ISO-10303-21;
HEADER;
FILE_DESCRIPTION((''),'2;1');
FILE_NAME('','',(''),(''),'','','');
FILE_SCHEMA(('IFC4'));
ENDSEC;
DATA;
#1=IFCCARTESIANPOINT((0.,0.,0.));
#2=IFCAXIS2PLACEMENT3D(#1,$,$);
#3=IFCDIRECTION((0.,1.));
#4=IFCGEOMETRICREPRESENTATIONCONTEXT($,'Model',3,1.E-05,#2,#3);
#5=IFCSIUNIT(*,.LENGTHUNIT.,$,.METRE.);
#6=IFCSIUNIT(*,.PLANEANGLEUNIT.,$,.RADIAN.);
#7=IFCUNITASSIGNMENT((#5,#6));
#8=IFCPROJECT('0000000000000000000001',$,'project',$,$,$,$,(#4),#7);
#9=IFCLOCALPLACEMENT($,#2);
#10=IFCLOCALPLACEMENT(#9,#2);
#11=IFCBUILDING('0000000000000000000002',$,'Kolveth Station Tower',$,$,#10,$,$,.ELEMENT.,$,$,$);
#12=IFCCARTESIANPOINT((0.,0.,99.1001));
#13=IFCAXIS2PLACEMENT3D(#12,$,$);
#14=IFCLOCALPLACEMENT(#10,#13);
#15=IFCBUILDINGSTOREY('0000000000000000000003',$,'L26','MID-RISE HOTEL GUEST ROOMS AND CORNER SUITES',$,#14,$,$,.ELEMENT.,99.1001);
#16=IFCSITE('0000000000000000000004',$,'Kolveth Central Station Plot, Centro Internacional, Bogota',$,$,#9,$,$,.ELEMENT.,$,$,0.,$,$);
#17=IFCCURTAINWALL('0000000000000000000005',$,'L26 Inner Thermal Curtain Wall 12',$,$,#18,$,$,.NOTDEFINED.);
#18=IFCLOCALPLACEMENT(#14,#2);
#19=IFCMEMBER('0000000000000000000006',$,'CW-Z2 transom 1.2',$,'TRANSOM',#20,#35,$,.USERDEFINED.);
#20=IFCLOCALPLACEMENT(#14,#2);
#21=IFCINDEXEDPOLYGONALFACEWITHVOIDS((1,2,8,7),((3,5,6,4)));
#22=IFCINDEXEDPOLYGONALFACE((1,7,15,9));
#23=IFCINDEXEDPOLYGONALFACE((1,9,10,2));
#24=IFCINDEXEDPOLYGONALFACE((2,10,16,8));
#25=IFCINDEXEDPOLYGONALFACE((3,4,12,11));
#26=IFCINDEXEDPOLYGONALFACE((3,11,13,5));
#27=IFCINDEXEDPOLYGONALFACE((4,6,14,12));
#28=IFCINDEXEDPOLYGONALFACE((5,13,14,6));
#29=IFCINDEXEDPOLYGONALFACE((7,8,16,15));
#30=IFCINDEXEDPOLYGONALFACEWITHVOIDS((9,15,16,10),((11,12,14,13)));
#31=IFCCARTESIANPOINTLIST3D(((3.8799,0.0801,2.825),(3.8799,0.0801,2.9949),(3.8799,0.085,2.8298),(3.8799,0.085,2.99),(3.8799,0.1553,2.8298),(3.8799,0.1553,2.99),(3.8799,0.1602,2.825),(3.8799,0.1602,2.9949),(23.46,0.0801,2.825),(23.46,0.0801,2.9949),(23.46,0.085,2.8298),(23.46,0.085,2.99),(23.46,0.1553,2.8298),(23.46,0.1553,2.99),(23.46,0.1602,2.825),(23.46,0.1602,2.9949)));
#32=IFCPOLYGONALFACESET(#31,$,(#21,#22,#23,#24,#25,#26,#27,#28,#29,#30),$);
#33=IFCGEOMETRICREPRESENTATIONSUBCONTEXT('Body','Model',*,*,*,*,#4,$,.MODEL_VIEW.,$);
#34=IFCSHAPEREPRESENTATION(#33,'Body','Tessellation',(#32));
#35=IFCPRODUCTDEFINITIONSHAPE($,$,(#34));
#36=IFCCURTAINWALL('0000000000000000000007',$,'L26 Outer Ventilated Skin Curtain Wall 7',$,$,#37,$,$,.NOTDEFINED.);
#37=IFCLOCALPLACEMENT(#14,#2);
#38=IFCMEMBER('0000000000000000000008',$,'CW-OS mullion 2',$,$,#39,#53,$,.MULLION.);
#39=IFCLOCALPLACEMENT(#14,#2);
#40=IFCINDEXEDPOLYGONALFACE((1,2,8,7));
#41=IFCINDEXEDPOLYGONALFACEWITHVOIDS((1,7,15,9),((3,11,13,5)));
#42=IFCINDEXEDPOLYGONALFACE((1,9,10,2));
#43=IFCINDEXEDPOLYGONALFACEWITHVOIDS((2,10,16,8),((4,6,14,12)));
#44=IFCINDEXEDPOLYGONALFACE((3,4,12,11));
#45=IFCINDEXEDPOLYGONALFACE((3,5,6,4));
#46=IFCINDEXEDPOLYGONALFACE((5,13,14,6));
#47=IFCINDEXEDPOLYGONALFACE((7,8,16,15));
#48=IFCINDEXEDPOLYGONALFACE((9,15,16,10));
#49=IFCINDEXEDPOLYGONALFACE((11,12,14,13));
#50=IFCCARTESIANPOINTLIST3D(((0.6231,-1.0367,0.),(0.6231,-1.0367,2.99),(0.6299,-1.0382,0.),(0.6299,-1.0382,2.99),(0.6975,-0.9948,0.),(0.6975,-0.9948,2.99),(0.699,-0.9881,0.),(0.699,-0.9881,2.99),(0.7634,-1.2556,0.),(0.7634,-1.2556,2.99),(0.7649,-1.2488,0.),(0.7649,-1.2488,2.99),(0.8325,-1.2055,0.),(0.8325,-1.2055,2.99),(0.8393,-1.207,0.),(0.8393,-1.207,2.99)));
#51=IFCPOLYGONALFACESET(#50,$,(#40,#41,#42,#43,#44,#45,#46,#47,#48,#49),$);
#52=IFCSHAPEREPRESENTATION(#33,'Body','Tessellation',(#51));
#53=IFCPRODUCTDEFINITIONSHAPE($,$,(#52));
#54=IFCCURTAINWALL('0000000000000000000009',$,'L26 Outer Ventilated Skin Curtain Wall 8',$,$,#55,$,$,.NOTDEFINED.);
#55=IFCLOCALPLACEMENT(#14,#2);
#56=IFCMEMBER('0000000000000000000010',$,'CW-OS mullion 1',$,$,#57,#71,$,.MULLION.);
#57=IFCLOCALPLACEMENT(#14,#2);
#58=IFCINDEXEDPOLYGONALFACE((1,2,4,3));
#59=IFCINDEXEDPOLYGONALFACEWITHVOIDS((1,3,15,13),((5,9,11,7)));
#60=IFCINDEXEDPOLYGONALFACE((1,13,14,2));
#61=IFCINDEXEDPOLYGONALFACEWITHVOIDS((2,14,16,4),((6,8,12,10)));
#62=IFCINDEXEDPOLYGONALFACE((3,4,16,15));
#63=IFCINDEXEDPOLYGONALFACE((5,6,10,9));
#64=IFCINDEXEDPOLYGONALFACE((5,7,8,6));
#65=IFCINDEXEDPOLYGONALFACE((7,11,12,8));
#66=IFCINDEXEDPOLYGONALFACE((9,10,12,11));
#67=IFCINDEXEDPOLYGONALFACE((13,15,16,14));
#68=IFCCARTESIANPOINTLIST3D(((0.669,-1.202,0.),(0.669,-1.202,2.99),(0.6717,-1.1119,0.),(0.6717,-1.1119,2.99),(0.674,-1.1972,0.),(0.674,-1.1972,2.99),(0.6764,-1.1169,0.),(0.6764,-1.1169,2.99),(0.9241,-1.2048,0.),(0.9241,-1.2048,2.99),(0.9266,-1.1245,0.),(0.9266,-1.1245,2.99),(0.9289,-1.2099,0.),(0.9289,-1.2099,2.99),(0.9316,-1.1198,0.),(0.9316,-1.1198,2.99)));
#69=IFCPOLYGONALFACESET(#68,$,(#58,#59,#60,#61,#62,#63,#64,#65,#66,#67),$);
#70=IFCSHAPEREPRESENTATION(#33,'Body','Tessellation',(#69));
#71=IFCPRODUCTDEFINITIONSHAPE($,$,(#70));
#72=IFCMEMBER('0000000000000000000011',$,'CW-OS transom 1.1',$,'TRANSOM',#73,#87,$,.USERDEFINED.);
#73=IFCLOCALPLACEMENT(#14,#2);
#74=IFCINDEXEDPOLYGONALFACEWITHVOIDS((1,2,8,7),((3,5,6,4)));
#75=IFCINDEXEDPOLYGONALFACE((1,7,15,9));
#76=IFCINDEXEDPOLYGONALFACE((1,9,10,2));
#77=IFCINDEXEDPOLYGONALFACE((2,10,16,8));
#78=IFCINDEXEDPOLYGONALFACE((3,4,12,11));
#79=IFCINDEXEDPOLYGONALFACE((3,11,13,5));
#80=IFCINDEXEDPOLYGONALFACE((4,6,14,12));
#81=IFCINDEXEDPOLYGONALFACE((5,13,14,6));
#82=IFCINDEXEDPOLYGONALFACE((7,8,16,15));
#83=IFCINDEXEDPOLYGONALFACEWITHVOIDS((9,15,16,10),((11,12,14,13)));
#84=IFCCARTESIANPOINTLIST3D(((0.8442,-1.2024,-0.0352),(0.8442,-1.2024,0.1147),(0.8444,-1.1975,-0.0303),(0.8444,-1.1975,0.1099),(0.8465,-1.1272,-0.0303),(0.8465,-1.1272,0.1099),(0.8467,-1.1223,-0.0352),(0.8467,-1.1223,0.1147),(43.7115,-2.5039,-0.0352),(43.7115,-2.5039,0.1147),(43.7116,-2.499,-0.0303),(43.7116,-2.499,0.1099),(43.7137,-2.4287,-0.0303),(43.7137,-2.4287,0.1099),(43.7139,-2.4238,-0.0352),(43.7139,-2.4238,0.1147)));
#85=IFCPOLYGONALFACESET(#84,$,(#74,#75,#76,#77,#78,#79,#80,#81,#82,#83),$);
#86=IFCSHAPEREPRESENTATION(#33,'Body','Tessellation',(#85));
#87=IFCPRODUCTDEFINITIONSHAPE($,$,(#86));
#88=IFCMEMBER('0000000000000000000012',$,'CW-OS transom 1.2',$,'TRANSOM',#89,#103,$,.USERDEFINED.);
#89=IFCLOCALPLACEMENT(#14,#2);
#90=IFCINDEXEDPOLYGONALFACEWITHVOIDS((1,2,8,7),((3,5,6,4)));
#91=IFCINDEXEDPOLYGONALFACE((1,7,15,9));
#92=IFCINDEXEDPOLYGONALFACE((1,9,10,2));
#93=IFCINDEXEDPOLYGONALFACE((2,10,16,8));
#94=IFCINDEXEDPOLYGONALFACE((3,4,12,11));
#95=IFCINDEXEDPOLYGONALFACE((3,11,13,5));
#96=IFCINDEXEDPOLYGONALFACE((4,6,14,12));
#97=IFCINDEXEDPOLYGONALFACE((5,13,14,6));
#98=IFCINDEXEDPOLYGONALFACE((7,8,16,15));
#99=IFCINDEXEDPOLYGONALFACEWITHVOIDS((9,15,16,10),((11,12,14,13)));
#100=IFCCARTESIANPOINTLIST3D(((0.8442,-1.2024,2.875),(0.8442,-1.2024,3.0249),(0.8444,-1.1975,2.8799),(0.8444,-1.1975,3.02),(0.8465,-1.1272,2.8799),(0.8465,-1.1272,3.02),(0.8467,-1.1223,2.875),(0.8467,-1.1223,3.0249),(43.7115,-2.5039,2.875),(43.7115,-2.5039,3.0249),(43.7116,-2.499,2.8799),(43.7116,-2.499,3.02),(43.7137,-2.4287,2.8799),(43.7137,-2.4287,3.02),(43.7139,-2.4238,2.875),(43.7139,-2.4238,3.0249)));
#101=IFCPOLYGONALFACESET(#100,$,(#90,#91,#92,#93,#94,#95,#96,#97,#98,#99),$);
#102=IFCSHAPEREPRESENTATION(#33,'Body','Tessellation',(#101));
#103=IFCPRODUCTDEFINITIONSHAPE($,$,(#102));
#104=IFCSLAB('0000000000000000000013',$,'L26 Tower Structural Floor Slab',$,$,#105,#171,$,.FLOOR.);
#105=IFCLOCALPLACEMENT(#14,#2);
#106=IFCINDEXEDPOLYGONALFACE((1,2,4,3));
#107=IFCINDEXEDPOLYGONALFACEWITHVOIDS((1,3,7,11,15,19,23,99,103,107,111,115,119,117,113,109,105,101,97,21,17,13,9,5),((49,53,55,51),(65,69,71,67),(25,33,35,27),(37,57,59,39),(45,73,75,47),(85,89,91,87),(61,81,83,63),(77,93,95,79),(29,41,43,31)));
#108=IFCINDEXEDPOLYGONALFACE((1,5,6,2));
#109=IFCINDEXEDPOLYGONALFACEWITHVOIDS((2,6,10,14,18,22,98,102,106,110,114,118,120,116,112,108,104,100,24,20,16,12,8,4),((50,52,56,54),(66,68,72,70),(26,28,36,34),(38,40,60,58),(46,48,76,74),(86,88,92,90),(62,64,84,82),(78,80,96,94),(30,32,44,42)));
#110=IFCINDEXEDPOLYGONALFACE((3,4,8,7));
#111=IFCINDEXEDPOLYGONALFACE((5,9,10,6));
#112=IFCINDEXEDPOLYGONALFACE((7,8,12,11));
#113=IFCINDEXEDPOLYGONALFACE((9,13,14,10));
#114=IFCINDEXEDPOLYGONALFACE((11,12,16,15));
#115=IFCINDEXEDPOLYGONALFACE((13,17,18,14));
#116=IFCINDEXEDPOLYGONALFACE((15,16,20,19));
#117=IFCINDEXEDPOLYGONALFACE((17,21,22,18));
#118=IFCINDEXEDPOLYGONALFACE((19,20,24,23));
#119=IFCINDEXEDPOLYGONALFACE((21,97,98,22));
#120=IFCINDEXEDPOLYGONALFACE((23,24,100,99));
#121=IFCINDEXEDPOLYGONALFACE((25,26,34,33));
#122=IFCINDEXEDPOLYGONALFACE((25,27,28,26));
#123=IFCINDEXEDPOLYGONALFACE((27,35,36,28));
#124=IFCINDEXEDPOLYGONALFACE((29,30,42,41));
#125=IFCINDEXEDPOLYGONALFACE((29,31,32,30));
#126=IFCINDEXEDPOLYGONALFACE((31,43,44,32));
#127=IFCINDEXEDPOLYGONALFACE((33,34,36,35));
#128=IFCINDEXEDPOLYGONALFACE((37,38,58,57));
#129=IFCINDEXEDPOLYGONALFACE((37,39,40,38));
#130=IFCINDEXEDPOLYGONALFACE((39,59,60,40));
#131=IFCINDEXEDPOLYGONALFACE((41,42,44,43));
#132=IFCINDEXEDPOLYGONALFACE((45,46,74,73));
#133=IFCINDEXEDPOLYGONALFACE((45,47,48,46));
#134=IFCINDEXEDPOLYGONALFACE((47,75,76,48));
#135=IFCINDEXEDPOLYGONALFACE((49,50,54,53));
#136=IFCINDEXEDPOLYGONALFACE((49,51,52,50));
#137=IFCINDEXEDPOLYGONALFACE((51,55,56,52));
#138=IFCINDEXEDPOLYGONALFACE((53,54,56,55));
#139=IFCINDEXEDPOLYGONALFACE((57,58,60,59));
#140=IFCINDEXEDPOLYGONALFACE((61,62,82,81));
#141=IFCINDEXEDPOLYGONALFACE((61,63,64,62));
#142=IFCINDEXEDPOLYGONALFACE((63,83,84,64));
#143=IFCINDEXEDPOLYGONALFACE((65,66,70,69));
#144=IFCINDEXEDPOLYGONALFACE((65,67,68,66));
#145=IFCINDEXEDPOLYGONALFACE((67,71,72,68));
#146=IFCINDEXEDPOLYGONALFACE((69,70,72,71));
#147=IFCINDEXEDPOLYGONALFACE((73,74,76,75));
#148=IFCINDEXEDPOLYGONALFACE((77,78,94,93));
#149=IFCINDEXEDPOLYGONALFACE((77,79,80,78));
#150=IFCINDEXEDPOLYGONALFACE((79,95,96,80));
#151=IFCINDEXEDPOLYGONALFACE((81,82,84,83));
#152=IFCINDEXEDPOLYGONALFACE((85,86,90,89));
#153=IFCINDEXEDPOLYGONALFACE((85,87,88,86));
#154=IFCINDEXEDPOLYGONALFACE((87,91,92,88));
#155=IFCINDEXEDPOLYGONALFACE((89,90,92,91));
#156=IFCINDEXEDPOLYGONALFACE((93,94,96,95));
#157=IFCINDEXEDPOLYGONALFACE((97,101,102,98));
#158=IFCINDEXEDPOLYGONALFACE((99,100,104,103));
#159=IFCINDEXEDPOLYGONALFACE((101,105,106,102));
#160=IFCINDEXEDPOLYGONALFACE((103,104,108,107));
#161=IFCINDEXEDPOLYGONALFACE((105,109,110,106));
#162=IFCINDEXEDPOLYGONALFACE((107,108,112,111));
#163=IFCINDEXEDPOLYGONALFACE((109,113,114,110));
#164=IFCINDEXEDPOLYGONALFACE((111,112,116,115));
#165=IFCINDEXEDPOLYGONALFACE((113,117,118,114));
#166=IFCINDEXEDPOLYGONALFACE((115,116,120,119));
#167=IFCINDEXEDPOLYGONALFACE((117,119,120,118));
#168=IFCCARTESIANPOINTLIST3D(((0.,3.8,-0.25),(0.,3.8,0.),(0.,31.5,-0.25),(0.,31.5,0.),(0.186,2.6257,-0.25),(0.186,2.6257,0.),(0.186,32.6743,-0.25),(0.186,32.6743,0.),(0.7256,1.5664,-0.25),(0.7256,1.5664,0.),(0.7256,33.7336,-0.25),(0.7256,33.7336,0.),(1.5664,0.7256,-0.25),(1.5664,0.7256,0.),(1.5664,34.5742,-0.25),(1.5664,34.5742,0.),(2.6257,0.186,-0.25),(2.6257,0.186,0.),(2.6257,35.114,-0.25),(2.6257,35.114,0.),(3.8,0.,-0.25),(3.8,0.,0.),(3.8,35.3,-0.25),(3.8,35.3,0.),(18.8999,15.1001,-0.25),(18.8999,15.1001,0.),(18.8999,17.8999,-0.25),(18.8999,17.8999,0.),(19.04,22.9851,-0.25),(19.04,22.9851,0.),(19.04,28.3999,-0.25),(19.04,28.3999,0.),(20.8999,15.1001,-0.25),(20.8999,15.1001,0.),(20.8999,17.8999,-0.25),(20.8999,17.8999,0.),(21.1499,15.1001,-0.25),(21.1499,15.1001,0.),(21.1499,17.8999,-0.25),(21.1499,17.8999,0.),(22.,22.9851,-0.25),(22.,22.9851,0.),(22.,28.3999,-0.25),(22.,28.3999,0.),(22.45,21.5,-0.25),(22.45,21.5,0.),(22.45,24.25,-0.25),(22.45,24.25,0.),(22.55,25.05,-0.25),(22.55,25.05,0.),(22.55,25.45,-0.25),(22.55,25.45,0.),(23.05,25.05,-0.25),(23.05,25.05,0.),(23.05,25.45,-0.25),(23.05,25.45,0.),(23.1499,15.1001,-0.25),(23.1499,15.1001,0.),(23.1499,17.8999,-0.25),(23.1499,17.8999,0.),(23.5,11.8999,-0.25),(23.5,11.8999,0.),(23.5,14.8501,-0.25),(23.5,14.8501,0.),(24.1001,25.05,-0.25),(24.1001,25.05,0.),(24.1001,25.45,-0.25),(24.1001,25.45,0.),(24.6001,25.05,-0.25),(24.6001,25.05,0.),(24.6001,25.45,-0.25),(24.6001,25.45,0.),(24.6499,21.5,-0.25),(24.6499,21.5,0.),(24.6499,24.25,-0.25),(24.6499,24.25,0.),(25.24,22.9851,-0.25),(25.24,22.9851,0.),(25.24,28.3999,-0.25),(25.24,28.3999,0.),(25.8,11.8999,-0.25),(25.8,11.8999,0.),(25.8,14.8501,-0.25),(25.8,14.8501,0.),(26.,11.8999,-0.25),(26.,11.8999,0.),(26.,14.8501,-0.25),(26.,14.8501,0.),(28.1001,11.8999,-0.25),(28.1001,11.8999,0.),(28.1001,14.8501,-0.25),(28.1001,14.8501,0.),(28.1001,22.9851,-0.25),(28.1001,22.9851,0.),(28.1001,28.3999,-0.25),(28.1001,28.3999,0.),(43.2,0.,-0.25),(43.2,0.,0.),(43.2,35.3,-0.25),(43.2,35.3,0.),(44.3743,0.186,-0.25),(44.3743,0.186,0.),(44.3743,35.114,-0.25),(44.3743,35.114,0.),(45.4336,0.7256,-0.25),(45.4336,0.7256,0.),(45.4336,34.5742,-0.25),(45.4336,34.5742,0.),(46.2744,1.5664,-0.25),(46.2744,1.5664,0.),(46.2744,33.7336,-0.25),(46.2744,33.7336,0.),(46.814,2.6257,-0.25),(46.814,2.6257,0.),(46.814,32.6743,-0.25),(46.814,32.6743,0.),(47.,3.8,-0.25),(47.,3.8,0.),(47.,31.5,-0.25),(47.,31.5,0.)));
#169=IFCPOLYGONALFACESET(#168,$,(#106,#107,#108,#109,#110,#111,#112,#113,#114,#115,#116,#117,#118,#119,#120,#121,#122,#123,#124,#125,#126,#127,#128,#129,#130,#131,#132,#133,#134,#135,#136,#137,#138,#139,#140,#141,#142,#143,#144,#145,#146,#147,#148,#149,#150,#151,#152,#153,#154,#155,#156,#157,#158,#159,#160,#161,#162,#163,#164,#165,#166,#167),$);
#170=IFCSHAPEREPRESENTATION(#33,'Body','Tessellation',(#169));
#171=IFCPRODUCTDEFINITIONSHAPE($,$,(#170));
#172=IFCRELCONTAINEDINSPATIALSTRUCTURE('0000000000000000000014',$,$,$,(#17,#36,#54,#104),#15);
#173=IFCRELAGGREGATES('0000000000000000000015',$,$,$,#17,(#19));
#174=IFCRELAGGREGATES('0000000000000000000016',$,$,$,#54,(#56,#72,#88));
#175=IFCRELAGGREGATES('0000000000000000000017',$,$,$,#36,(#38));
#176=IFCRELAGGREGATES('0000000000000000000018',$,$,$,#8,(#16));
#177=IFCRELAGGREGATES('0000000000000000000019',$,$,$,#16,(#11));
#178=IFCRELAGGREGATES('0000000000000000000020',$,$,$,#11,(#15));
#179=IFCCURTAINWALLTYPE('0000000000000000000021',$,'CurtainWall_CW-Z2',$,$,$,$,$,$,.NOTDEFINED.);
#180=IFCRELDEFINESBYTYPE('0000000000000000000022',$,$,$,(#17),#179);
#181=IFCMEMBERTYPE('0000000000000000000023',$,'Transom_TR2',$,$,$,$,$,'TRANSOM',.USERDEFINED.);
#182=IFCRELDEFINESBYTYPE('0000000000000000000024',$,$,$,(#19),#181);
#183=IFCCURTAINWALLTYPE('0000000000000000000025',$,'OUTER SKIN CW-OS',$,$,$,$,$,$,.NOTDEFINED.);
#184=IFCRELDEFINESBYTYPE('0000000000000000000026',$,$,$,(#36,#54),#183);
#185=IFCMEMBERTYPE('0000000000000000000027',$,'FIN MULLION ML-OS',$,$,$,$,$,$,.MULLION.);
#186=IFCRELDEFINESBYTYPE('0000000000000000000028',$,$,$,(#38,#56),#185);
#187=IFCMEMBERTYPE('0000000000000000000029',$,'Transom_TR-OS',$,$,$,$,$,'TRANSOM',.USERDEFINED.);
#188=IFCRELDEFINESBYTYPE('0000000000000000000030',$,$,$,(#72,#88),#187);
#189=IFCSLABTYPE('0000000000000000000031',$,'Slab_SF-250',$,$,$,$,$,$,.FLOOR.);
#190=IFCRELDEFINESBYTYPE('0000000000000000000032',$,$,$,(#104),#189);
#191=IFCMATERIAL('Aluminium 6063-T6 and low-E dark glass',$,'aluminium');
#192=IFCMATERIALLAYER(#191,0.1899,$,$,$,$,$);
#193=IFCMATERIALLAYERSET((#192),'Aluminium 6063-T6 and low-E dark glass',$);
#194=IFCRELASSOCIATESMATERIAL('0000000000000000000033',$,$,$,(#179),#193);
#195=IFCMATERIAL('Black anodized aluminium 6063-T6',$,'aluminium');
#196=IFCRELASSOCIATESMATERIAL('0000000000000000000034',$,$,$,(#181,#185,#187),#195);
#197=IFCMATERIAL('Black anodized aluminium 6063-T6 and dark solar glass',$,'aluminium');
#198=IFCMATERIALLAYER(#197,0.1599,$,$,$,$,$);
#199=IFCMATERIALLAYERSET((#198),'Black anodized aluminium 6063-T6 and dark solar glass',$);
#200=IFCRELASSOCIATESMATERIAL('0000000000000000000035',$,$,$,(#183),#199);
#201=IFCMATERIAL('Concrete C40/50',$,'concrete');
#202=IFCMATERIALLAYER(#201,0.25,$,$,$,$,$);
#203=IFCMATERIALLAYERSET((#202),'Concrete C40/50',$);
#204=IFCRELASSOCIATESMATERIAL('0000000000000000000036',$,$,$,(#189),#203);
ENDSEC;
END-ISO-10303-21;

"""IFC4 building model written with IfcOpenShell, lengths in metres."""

from ifc_helpers import new_model, si_unit, direction, frame, origin, origin_2d, place, context, subcontext, project, spatial, polyline, hollow_rectangle, outline, extrude, source, transform, mapped, material, layer, layer_set, material_profile, profile_set, type_object, element, aggregate, save


model = new_model("IFC4")

# Units and contexts
model_context = context("Model", 3, precision=1e-05, world=origin(), true_north=direction((0.0, 1.0)))
body_context = subcontext(model_context, "Body", "Model", "MODEL_VIEW")
ifc_project = project(units=[si_unit("LENGTHUNIT", "METRE"), si_unit("PLANEANGLEUNIT", "RADIAN")], contexts=[model_context])

# Site, building, storey
site_placement = place(None, origin())
site = spatial("IfcSite", under=ifc_project, at=site_placement, Name="Kolveth Central Station Plot, Centro Internacional, Bogota", CompositionType="ELEMENT", RefElevation=0.0)
building_placement = place(site_placement, origin())
building = spatial("IfcBuilding", under=site, at=building_placement, Name="Kolveth Station Tower", CompositionType="ELEMENT")
storey_placement = place(building_placement, frame((0.0, 0.0, 99.1001)))
storey = spatial("IfcBuildingStorey", under=building, at=storey_placement, Name="L26", Description="MID-RISE HOTEL GUEST ROOMS AND CORNER SUITES", CompositionType="ELEMENT", Elevation=99.1001)

# Shared definitions
ifc_material_1 = material(Name="Aluminium 6063-T6 and low-E dark glass", Category="aluminium")
ifc_layer_1 = layer(ifc_material_1, 0.1899)
ifc_layer_set_1 = layer_set([ifc_layer_1], Name="Aluminium 6063-T6 and low-E dark glass")
curtain_wall_type_1 = type_object("IfcCurtainWallType", Name="CurtainWall_CW-Z2", PredefinedType="NOTDEFINED", material=ifc_layer_set_1)
ifc_material_2 = material(Name="Black anodized aluminium 6063-T6", Category="aluminium")

# Curtain wall
curtain_wall_1_placement = place(storey_placement, origin())
curtain_wall_1 = element("IfcCurtainWall", 1, at=curtain_wall_1_placement, inside=storey, type_object=curtain_wall_type_1, Name="L26 Inner Thermal Curtain Wall 12", PredefinedType="NOTDEFINED")

# Member
ifc_material_profile_1 = material_profile(ifc_material_2, hollow_rectangle(XDim=0.0801, YDim=0.1699, WallThickness=0.0049, at=origin_2d()), Name="ALU-80x170x5")
ifc_profile_set_1 = profile_set([ifc_material_profile_1], Name="Black anodized aluminium 6063-T6")
member_type_1 = type_object("IfcMemberType", Name="Transom_TR2", ElementType="TRANSOM", PredefinedType="USERDEFINED", material=ifc_profile_set_1)
shared_shape_1 = source(origin(), body_context, "Body", "SweptSolid", [
    extrude(hollow_rectangle(XDim=0.0801, YDim=0.1699, WallThickness=0.0049, at=origin_2d()), origin(), (0.0, 0.0, 1.0), 19.5801),
])
member_1_placement = place(storey_placement, frame((3.8799, 0.1201, 2.9099), z_axis=(1.0, 0.0, 0.0), x_axis=(0.0, 1.0, 0.0)))
member_1 = element("IfcMember", 2, at=member_1_placement, type_object=member_type_1, Name="CW-Z2 transom 1.2", ObjectType="TRANSOM", PredefinedType="USERDEFINED", context=body_context, shape_type="MappedRepresentation", body=[
    mapped(shared_shape_1, transform((0.0, 0.0, 0.0), x_axis=(1.0, 0.0, 0.0), y_axis=(0.0, 1.0, 0.0), z_axis=(0.0, 0.0, 1.0), scale=1.0)),
])
aggregate(curtain_wall_1, [member_1])

# Curtain wall, member
ifc_material_3 = material(Name="Black anodized aluminium 6063-T6 and dark solar glass", Category="aluminium")
ifc_layer_2 = layer(ifc_material_3, 0.1599)
ifc_layer_set_2 = layer_set([ifc_layer_2], Name="Black anodized aluminium 6063-T6 and dark solar glass")
curtain_wall_type_2 = type_object("IfcCurtainWallType", Name="OUTER SKIN CW-OS", PredefinedType="NOTDEFINED", material=ifc_layer_set_2)
curtain_wall_2_placement = place(storey_placement, origin())
curtain_wall_2 = element("IfcCurtainWall", 3, at=curtain_wall_2_placement, inside=storey, type_object=curtain_wall_type_2, Name="L26 Outer Ventilated Skin Curtain Wall 7", PredefinedType="NOTDEFINED")
ifc_material_profile_2 = material_profile(ifc_material_2, hollow_rectangle(XDim=0.0901, YDim=0.26, WallThickness=0.0049, at=origin_2d()), Name="ALU-90x260x5")
ifc_profile_set_2 = profile_set([ifc_material_profile_2], Name="Black anodized aluminium 6063-T6")
member_type_2 = type_object("IfcMemberType", Name="FIN MULLION ML-OS", PredefinedType="MULLION", material=ifc_profile_set_2)
shared_shape_2 = source(origin(), body_context, "Body", "SweptSolid", [
    extrude(hollow_rectangle(XDim=0.0901, YDim=0.26, WallThickness=0.0049, at=origin_2d()), origin(), (0.0, 0.0, 1.0), 2.99),
])
member_2_placement = place(storey_placement, frame((0.7312, -1.1218, 0.0), z_axis=(0.0, 0.0, 1.0), x_axis=(0.841879, 0.539666, 0.0)))
member_2 = element("IfcMember", 4, at=member_2_placement, type_object=member_type_2, Name="CW-OS mullion 2", PredefinedType="MULLION", context=body_context, shape_type="MappedRepresentation", body=[
    mapped(shared_shape_2, transform((0.0, 0.0, 0.0), x_axis=(1.0, 0.0, 0.0), y_axis=(0.0, 1.0, 0.0), z_axis=(0.0, 0.0, 1.0), scale=1.0)),
])

# Curtain wall, members
curtain_wall_3_placement = place(storey_placement, origin())
curtain_wall_3 = element("IfcCurtainWall", 5, at=curtain_wall_3_placement, inside=storey, type_object=curtain_wall_type_2, Name="L26 Outer Ventilated Skin Curtain Wall 8", PredefinedType="NOTDEFINED")
member_3_placement = place(storey_placement, frame((0.8003, -1.1609, 0.0), z_axis=(0.0, 0.0, 1.0), x_axis=(0.030348, 0.999539, 0.0)))
member_3 = element("IfcMember", 6, at=member_3_placement, type_object=member_type_2, Name="CW-OS mullion 1", PredefinedType="MULLION", context=body_context, shape_type="MappedRepresentation", body=[
    mapped(shared_shape_2, transform((0.0, 0.0, 0.0), x_axis=(1.0, 0.0, 0.0), y_axis=(0.0, 1.0, 0.0), z_axis=(0.0, 0.0, 1.0), scale=1.0)),
])
ifc_material_profile_3 = material_profile(ifc_material_2, hollow_rectangle(XDim=0.0801, YDim=0.1499, WallThickness=0.0049, at=origin_2d()), Name="ALU-80x150x5")
ifc_profile_set_3 = profile_set([ifc_material_profile_3], Name="Black anodized aluminium 6063-T6")
member_type_3 = type_object("IfcMemberType", Name="Transom_TR-OS", ElementType="TRANSOM", PredefinedType="USERDEFINED", material=ifc_profile_set_3)
shared_shape_3 = source(origin(), body_context, "Body", "SweptSolid", [
    extrude(hollow_rectangle(XDim=0.0801, YDim=0.1499, WallThickness=0.0049, at=origin_2d()), origin(), (0.0, 0.0, 1.0), 42.887),
])
member_4_placement = place(storey_placement, frame((0.8455, -1.1624, 0.0398), z_axis=(0.999539, -0.030348, 0.0), x_axis=(0.030348, 0.999539, 0.0)))
member_4 = element("IfcMember", 7, at=member_4_placement, type_object=member_type_3, Name="CW-OS transom 1.1", ObjectType="TRANSOM", PredefinedType="USERDEFINED", context=body_context, shape_type="MappedRepresentation", body=[
    mapped(shared_shape_3, transform((0.0, 0.0, 0.0), x_axis=(1.0, 0.0, 0.0), y_axis=(0.0, 1.0, 0.0), z_axis=(0.0, 0.0, 1.0), scale=1.0)),
])
member_5_placement = place(storey_placement, frame((0.8455, -1.1624, 2.95), z_axis=(0.999539, -0.030348, 0.0), x_axis=(0.030348, 0.999539, 0.0)))
member_5 = element("IfcMember", 8, at=member_5_placement, type_object=member_type_3, Name="CW-OS transom 1.2", ObjectType="TRANSOM", PredefinedType="USERDEFINED", context=body_context, shape_type="MappedRepresentation", body=[
    mapped(shared_shape_3, transform((0.0, 0.0, 0.0), x_axis=(1.0, 0.0, 0.0), y_axis=(0.0, 1.0, 0.0), z_axis=(0.0, 0.0, 1.0), scale=1.0)),
])
aggregate(curtain_wall_3, [member_3, member_4, member_5])

# Slab
ifc_material_4 = material(Name="Concrete C40/50", Category="concrete")
ifc_layer_3 = layer(ifc_material_4, 0.25)
ifc_layer_set_3 = layer_set([ifc_layer_3], Name="Concrete C40/50")
slab_type_1 = type_object("IfcSlabType", Name="Slab_SF-250", PredefinedType="FLOOR", material=ifc_layer_set_3)
slab_1_placement = place(storey_placement, frame((0.0, 0.0, -0.25)))
element("IfcSlab", 9, at=slab_1_placement, inside=storey, type_object=slab_type_1, Name="L26 Tower Structural Floor Slab", PredefinedType="FLOOR", context=body_context, shape_type="SweptSolid", body=[
    extrude(outline(polyline([(43.2, 0.0), (44.3743, 0.186), (45.4336, 0.7256), (46.2744, 1.5664), (46.814, 2.6257), (47.0, 3.8), (47.0, 31.5), (46.814, 32.6743), (46.2744, 33.7336), (45.4336, 34.5742), (44.3743, 35.114), (43.2, 35.3), (3.8, 35.3), (2.6257, 35.114), (1.5664, 34.5742), (0.7256, 33.7336), (0.186, 32.6743), (0.0, 31.5), (0.0, 3.8), (0.186, 2.6257), (0.7256, 1.5664), (1.5664, 0.7256), (2.6257, 0.186), (3.8, 0.0), (43.2, 0.0)]), holes=[polyline([(19.04, 22.9851), (22.0, 22.9851), (22.0, 28.3999), (19.04, 28.3999), (19.04, 22.9851)]), polyline([(25.24, 22.9851), (28.1001, 22.9851), (28.1001, 28.3999), (25.24, 28.3999), (25.24, 22.9851)]), polyline([(18.8999, 15.1001), (20.8999, 15.1001), (20.8999, 17.8999), (18.8999, 17.8999), (18.8999, 15.1001)]), polyline([(21.1499, 15.1001), (23.1499, 15.1001), (23.1499, 17.8999), (21.1499, 17.8999), (21.1499, 15.1001)]), polyline([(22.45, 21.5), (24.6499, 21.5), (24.6499, 24.25), (22.45, 24.25), (22.45, 21.5)]), polyline([(23.5, 11.8999), (25.8, 11.8999), (25.8, 14.8501), (23.5, 14.8501), (23.5, 11.8999)]), polyline([(26.0, 11.8999), (28.1001, 11.8999), (28.1001, 14.8501), (26.0, 14.8501), (26.0, 11.8999)]), polyline([(22.55, 25.05), (23.05, 25.05), (23.05, 25.45), (22.55, 25.45), (22.55, 25.05)]), polyline([(24.1001, 25.05), (24.6001, 25.05), (24.6001, 25.45), (24.1001, 25.45), (24.1001, 25.05)])]), origin(), (0.0, 0.0, 1.0), 0.25),
])

aggregate(curtain_wall_2, [member_2])

save(model, "model.ifc")
